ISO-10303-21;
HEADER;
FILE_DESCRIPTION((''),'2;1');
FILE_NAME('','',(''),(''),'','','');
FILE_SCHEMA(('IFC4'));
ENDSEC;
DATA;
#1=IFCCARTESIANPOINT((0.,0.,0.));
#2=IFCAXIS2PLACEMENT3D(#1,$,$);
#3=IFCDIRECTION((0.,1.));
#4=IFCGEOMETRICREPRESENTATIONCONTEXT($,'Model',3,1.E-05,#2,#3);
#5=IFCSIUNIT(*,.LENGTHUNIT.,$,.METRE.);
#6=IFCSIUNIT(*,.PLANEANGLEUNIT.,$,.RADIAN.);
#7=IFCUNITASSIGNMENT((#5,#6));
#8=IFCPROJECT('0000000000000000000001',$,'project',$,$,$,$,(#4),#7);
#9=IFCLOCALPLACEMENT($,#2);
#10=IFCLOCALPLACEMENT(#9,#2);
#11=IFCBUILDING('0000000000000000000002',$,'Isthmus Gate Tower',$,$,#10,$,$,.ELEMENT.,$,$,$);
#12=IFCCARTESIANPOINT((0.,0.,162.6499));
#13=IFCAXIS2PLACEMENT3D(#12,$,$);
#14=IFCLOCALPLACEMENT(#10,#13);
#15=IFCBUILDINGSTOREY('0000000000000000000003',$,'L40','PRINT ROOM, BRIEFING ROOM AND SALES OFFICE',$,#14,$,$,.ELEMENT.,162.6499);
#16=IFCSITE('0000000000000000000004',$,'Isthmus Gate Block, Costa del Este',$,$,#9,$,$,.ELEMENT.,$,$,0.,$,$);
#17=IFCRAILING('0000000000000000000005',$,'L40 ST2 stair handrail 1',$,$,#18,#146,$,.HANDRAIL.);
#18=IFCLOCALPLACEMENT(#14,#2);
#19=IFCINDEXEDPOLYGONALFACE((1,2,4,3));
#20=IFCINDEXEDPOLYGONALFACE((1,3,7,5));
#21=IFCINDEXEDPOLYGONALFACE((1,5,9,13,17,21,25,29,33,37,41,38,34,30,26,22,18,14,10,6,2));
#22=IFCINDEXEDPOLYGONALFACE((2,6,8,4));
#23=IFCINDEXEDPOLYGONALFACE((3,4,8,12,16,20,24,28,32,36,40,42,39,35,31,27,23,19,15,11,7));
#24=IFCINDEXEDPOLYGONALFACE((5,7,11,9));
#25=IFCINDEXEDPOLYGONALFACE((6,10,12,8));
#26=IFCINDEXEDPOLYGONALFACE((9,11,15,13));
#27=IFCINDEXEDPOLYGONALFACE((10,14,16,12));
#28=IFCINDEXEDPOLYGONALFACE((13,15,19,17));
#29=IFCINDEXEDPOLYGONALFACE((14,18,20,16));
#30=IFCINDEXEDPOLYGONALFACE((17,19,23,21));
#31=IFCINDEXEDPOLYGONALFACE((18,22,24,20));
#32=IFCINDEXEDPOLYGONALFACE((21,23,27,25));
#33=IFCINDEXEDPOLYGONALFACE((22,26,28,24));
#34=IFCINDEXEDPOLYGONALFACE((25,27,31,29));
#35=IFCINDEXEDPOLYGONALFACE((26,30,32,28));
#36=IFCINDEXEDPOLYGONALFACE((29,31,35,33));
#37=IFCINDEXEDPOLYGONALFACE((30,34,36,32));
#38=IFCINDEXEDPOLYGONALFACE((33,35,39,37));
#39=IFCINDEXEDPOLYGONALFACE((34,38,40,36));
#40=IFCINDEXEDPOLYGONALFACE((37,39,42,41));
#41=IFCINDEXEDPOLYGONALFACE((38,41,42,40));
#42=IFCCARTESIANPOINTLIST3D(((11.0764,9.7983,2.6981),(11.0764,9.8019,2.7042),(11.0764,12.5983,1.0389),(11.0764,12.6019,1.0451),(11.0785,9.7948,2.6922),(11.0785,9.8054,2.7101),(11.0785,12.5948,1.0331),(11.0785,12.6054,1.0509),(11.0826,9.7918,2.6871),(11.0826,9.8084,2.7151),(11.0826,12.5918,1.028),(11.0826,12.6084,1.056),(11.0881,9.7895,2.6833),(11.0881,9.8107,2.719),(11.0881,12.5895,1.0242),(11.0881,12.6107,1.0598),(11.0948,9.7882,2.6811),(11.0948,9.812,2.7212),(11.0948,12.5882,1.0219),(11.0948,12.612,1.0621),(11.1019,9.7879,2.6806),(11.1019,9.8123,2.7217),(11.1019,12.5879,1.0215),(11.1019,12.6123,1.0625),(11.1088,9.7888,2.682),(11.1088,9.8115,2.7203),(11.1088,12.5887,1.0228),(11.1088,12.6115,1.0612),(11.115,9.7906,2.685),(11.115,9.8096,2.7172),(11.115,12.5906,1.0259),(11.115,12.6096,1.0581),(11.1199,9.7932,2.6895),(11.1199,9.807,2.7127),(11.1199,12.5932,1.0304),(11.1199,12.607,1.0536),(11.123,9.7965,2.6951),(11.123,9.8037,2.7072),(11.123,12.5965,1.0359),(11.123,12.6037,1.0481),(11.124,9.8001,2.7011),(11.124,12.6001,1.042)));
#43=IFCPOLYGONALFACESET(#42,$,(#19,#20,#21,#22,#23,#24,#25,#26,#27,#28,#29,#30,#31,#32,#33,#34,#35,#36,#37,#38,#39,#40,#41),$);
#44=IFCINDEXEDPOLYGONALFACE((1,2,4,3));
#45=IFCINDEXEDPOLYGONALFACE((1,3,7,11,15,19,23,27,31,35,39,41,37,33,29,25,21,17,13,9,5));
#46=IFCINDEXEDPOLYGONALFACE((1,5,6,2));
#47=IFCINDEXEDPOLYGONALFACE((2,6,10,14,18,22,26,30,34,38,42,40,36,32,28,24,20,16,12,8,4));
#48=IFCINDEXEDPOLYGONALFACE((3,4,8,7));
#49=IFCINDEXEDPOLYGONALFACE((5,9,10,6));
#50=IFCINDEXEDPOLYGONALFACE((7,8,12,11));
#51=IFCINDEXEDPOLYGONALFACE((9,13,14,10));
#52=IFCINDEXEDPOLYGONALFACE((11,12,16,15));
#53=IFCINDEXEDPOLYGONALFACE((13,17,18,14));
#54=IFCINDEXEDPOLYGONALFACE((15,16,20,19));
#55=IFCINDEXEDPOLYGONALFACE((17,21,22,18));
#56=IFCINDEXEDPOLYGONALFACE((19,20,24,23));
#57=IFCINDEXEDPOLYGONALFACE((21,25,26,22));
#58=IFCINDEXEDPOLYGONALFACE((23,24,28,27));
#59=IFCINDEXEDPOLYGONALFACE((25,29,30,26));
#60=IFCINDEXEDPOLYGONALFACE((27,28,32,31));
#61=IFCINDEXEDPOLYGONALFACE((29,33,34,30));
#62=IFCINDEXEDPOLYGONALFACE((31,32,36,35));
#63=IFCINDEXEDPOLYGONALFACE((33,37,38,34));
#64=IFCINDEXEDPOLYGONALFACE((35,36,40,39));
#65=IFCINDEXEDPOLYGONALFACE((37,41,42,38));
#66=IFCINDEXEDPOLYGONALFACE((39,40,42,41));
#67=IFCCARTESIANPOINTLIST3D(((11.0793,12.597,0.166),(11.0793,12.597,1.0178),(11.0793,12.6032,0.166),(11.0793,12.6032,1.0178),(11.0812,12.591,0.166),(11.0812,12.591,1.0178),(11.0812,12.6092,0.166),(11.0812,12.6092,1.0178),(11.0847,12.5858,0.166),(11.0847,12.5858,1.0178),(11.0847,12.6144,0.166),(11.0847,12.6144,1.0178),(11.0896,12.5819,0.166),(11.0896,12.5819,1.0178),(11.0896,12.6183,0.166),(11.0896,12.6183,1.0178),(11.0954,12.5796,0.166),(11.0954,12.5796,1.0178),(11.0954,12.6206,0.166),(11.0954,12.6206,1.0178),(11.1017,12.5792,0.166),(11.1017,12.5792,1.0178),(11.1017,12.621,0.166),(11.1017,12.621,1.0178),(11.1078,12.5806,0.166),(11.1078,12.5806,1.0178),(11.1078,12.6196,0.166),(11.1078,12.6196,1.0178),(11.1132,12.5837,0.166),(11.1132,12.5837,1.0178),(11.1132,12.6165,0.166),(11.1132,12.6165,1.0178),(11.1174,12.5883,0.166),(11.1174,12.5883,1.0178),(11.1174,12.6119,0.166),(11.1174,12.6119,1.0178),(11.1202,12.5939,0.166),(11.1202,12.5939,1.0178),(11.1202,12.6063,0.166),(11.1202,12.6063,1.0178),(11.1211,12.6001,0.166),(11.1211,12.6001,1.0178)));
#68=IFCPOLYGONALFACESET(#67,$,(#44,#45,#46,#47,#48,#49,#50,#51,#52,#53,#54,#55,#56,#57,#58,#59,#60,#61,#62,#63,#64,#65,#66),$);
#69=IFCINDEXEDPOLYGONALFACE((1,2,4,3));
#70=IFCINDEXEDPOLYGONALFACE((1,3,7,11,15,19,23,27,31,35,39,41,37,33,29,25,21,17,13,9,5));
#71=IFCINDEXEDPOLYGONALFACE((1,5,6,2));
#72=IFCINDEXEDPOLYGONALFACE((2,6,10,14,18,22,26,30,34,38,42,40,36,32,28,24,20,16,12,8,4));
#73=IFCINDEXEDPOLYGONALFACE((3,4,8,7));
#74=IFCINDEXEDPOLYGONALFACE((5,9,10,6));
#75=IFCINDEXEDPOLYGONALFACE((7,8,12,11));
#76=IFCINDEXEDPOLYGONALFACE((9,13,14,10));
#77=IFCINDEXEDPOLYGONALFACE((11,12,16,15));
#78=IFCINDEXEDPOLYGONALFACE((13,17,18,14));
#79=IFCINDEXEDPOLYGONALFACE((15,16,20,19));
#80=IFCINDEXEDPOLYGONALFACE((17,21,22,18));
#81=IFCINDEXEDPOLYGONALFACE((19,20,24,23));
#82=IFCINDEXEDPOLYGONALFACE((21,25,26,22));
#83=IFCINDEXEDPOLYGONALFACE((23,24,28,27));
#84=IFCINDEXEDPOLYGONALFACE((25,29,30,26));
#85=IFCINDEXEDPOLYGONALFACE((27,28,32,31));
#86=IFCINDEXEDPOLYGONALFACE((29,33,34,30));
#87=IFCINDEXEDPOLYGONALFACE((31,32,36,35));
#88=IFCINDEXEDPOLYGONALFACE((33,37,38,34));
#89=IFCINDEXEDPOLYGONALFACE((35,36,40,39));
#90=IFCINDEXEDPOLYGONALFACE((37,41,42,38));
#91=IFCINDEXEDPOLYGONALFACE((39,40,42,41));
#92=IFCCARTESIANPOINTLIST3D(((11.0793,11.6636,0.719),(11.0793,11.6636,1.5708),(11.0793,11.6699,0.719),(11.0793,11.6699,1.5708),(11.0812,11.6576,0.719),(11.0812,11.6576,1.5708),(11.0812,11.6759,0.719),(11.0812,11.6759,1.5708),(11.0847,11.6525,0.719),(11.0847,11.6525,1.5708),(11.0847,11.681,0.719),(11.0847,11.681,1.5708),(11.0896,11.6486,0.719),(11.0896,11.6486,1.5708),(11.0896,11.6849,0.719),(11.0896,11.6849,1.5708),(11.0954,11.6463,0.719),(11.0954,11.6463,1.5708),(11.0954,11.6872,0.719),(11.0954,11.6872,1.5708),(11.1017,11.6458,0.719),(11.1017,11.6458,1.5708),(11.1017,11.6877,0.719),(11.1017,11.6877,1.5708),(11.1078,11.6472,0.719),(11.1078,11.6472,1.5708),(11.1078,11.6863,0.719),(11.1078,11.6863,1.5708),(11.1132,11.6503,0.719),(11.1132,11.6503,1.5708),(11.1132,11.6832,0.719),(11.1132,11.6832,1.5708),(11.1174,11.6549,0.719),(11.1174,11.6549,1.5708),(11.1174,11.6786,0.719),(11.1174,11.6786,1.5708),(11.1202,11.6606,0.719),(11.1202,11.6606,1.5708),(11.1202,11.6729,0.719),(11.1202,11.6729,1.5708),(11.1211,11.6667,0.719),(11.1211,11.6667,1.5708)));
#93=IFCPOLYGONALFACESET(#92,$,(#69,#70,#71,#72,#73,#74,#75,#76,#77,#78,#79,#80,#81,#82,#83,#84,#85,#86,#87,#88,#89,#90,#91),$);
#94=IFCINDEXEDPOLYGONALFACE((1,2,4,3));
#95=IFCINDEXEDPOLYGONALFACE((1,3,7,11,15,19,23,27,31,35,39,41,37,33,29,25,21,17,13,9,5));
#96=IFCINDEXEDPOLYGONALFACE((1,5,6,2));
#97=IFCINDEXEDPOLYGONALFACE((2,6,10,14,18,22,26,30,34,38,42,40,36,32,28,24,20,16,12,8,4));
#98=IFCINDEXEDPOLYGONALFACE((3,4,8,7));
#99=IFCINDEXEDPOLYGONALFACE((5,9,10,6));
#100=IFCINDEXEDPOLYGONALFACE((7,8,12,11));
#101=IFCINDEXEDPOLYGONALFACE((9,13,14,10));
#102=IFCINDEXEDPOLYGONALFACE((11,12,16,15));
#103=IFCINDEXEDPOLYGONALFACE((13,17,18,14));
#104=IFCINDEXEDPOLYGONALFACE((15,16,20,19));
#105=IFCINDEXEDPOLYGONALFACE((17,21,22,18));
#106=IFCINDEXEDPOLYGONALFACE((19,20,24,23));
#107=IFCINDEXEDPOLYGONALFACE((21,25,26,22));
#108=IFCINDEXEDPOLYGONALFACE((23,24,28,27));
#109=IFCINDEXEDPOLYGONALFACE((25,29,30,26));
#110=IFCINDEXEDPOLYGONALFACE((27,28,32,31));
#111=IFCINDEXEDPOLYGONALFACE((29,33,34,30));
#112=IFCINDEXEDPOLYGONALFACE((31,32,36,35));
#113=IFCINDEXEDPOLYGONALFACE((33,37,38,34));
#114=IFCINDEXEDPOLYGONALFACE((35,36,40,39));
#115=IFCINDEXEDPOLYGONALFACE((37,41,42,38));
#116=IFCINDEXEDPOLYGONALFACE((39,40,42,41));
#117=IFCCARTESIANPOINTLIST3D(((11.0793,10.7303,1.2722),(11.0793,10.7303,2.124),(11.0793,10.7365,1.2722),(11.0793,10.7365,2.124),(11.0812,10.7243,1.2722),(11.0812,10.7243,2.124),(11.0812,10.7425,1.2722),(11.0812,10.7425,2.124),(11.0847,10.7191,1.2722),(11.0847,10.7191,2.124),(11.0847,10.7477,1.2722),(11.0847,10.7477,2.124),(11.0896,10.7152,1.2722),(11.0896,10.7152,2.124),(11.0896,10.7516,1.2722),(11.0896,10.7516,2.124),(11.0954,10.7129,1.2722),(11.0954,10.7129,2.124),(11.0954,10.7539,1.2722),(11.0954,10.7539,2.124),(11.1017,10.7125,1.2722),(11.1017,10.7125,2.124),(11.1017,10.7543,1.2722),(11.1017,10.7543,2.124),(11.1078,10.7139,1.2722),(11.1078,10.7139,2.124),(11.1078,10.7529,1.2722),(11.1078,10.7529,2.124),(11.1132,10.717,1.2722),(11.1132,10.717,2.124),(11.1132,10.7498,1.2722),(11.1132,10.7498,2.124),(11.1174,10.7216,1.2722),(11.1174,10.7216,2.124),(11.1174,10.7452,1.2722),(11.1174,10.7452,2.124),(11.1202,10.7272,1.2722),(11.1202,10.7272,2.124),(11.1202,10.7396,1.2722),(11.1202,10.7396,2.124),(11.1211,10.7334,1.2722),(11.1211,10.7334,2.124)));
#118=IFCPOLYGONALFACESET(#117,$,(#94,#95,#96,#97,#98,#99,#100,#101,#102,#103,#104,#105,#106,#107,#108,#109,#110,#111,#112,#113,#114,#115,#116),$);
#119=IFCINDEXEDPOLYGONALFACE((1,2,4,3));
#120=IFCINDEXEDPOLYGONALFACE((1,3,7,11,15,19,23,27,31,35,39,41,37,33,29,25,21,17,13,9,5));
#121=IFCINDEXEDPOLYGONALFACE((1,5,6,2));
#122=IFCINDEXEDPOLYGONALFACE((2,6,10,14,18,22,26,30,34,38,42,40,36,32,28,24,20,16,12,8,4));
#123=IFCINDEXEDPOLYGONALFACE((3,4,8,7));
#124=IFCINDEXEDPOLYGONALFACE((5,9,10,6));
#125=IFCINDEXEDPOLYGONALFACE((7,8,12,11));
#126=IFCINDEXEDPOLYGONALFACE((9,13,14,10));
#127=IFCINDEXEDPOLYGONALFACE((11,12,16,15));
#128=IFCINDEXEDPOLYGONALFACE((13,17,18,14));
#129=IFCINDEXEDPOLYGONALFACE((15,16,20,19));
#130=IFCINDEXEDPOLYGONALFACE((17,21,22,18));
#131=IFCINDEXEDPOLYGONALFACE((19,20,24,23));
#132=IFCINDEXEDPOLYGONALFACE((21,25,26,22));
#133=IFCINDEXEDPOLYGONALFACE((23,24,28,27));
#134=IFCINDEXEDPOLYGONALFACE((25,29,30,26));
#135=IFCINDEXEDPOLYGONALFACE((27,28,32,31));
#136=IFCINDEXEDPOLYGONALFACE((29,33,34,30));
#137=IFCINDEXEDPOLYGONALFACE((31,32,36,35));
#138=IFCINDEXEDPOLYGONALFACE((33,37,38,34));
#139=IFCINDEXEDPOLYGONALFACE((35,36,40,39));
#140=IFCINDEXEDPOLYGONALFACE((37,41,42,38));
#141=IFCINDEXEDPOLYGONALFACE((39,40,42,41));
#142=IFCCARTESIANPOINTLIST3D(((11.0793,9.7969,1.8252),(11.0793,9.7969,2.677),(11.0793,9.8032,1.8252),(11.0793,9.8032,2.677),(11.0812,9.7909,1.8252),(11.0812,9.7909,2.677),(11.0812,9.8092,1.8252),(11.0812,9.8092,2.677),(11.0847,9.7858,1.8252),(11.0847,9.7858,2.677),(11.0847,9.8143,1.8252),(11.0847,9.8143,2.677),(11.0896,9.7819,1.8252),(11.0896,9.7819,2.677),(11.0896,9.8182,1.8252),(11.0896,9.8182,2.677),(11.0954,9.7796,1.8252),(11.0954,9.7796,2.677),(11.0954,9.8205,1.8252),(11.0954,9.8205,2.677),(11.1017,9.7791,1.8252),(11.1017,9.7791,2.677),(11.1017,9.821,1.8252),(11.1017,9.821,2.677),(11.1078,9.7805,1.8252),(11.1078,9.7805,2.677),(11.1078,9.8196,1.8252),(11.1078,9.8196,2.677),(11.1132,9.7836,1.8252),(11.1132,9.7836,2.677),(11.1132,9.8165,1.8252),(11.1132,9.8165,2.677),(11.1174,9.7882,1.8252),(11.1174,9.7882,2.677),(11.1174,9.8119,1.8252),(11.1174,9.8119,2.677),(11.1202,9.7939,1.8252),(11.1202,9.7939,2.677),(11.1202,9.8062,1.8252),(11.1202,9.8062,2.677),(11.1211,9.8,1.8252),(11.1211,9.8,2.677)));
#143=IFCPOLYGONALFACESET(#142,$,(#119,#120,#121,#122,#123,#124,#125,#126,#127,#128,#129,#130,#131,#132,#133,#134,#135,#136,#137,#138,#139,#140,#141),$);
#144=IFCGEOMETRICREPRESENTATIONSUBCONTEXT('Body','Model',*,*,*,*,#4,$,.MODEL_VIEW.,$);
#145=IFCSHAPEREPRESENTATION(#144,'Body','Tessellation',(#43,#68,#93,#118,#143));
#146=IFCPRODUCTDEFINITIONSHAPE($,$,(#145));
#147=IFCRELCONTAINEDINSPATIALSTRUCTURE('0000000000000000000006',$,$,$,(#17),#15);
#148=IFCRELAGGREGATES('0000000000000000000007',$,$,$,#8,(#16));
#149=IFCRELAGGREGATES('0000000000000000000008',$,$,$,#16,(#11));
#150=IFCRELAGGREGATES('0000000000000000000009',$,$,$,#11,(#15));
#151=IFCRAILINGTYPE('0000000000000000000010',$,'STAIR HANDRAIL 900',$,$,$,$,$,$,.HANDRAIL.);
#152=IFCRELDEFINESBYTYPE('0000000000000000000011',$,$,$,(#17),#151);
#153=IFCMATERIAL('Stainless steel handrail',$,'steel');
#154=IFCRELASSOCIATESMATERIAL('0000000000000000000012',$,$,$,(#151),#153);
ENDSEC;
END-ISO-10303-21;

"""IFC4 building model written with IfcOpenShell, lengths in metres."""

from ifc_helpers import new_model, si_unit, direction, frame, origin, origin_2d, place, context, subcontext, project, spatial, circle, extrude, material, type_object, element, save


model = new_model("IFC4")

# Units and contexts
model_context = context("Model", 3, precision=1e-05, world=origin(), true_north=direction((0.0, 1.0)))
body_context = subcontext(model_context, "Body", "Model", "MODEL_VIEW")
ifc_project = project(units=[si_unit("LENGTHUNIT", "METRE"), si_unit("PLANEANGLEUNIT", "RADIAN")], contexts=[model_context])

# Site, building, storey
site_placement = place(None, origin())
site = spatial("IfcSite", under=ifc_project, at=site_placement, Name="Isthmus Gate Block, Costa del Este", CompositionType="ELEMENT", RefElevation=0.0)
building_placement = place(site_placement, origin())
building = spatial("IfcBuilding", under=site, at=building_placement, Name="Isthmus Gate Tower", CompositionType="ELEMENT")
storey_placement = place(building_placement, frame((0.0, 0.0, 162.6499)))
storey = spatial("IfcBuildingStorey", under=building, at=storey_placement, Name="L40", Description="PRINT ROOM, BRIEFING ROOM AND SALES OFFICE", CompositionType="ELEMENT", Elevation=162.6499)

# Railing
ifc_material_1 = material(Name="Stainless steel handrail", Category="steel")
railing_type_1 = type_object("IfcRailingType", Name="STAIR HANDRAIL 900", PredefinedType="HANDRAIL", material=ifc_material_1)
for number, where, name in (
    (1, (11.1001, 12.6001, 0.166), "L40 ST2 stair handrail 1"),
):
    element("IfcRailing", number, at=place(storey_placement, frame(where)), inside=storey, type_object=railing_type_1, Name=name, PredefinedType="HANDRAIL", context=body_context, shape_type="SweptSolid", body=[
        extrude(circle(Radius=0.0239, at=origin_2d()), frame((0.0, 0.0, 0.876), z_axis=(0.0, -0.860306, 0.509778), x_axis=(1.0, 0.0, 0.0)), (0.0, 0.0, 1.0), 3.2546),
        extrude(circle(Radius=0.021, at=origin_2d()), origin(), (0.0, 0.0, 1.0), 0.8518),
        extrude(circle(Radius=0.021, at=origin_2d()), frame((0.0, -0.9333, 0.553)), (0.0, 0.0, 1.0), 0.8518),
        extrude(circle(Radius=0.021, at=origin_2d()), frame((0.0, -1.8667, 1.1062)), (0.0, 0.0, 1.0), 0.8518),
        extrude(circle(Radius=0.021, at=origin_2d()), frame((0.0, -2.8, 1.6592)), (0.0, 0.0, 1.0), 0.8518),
    ])

save(model, "model.ifc")
